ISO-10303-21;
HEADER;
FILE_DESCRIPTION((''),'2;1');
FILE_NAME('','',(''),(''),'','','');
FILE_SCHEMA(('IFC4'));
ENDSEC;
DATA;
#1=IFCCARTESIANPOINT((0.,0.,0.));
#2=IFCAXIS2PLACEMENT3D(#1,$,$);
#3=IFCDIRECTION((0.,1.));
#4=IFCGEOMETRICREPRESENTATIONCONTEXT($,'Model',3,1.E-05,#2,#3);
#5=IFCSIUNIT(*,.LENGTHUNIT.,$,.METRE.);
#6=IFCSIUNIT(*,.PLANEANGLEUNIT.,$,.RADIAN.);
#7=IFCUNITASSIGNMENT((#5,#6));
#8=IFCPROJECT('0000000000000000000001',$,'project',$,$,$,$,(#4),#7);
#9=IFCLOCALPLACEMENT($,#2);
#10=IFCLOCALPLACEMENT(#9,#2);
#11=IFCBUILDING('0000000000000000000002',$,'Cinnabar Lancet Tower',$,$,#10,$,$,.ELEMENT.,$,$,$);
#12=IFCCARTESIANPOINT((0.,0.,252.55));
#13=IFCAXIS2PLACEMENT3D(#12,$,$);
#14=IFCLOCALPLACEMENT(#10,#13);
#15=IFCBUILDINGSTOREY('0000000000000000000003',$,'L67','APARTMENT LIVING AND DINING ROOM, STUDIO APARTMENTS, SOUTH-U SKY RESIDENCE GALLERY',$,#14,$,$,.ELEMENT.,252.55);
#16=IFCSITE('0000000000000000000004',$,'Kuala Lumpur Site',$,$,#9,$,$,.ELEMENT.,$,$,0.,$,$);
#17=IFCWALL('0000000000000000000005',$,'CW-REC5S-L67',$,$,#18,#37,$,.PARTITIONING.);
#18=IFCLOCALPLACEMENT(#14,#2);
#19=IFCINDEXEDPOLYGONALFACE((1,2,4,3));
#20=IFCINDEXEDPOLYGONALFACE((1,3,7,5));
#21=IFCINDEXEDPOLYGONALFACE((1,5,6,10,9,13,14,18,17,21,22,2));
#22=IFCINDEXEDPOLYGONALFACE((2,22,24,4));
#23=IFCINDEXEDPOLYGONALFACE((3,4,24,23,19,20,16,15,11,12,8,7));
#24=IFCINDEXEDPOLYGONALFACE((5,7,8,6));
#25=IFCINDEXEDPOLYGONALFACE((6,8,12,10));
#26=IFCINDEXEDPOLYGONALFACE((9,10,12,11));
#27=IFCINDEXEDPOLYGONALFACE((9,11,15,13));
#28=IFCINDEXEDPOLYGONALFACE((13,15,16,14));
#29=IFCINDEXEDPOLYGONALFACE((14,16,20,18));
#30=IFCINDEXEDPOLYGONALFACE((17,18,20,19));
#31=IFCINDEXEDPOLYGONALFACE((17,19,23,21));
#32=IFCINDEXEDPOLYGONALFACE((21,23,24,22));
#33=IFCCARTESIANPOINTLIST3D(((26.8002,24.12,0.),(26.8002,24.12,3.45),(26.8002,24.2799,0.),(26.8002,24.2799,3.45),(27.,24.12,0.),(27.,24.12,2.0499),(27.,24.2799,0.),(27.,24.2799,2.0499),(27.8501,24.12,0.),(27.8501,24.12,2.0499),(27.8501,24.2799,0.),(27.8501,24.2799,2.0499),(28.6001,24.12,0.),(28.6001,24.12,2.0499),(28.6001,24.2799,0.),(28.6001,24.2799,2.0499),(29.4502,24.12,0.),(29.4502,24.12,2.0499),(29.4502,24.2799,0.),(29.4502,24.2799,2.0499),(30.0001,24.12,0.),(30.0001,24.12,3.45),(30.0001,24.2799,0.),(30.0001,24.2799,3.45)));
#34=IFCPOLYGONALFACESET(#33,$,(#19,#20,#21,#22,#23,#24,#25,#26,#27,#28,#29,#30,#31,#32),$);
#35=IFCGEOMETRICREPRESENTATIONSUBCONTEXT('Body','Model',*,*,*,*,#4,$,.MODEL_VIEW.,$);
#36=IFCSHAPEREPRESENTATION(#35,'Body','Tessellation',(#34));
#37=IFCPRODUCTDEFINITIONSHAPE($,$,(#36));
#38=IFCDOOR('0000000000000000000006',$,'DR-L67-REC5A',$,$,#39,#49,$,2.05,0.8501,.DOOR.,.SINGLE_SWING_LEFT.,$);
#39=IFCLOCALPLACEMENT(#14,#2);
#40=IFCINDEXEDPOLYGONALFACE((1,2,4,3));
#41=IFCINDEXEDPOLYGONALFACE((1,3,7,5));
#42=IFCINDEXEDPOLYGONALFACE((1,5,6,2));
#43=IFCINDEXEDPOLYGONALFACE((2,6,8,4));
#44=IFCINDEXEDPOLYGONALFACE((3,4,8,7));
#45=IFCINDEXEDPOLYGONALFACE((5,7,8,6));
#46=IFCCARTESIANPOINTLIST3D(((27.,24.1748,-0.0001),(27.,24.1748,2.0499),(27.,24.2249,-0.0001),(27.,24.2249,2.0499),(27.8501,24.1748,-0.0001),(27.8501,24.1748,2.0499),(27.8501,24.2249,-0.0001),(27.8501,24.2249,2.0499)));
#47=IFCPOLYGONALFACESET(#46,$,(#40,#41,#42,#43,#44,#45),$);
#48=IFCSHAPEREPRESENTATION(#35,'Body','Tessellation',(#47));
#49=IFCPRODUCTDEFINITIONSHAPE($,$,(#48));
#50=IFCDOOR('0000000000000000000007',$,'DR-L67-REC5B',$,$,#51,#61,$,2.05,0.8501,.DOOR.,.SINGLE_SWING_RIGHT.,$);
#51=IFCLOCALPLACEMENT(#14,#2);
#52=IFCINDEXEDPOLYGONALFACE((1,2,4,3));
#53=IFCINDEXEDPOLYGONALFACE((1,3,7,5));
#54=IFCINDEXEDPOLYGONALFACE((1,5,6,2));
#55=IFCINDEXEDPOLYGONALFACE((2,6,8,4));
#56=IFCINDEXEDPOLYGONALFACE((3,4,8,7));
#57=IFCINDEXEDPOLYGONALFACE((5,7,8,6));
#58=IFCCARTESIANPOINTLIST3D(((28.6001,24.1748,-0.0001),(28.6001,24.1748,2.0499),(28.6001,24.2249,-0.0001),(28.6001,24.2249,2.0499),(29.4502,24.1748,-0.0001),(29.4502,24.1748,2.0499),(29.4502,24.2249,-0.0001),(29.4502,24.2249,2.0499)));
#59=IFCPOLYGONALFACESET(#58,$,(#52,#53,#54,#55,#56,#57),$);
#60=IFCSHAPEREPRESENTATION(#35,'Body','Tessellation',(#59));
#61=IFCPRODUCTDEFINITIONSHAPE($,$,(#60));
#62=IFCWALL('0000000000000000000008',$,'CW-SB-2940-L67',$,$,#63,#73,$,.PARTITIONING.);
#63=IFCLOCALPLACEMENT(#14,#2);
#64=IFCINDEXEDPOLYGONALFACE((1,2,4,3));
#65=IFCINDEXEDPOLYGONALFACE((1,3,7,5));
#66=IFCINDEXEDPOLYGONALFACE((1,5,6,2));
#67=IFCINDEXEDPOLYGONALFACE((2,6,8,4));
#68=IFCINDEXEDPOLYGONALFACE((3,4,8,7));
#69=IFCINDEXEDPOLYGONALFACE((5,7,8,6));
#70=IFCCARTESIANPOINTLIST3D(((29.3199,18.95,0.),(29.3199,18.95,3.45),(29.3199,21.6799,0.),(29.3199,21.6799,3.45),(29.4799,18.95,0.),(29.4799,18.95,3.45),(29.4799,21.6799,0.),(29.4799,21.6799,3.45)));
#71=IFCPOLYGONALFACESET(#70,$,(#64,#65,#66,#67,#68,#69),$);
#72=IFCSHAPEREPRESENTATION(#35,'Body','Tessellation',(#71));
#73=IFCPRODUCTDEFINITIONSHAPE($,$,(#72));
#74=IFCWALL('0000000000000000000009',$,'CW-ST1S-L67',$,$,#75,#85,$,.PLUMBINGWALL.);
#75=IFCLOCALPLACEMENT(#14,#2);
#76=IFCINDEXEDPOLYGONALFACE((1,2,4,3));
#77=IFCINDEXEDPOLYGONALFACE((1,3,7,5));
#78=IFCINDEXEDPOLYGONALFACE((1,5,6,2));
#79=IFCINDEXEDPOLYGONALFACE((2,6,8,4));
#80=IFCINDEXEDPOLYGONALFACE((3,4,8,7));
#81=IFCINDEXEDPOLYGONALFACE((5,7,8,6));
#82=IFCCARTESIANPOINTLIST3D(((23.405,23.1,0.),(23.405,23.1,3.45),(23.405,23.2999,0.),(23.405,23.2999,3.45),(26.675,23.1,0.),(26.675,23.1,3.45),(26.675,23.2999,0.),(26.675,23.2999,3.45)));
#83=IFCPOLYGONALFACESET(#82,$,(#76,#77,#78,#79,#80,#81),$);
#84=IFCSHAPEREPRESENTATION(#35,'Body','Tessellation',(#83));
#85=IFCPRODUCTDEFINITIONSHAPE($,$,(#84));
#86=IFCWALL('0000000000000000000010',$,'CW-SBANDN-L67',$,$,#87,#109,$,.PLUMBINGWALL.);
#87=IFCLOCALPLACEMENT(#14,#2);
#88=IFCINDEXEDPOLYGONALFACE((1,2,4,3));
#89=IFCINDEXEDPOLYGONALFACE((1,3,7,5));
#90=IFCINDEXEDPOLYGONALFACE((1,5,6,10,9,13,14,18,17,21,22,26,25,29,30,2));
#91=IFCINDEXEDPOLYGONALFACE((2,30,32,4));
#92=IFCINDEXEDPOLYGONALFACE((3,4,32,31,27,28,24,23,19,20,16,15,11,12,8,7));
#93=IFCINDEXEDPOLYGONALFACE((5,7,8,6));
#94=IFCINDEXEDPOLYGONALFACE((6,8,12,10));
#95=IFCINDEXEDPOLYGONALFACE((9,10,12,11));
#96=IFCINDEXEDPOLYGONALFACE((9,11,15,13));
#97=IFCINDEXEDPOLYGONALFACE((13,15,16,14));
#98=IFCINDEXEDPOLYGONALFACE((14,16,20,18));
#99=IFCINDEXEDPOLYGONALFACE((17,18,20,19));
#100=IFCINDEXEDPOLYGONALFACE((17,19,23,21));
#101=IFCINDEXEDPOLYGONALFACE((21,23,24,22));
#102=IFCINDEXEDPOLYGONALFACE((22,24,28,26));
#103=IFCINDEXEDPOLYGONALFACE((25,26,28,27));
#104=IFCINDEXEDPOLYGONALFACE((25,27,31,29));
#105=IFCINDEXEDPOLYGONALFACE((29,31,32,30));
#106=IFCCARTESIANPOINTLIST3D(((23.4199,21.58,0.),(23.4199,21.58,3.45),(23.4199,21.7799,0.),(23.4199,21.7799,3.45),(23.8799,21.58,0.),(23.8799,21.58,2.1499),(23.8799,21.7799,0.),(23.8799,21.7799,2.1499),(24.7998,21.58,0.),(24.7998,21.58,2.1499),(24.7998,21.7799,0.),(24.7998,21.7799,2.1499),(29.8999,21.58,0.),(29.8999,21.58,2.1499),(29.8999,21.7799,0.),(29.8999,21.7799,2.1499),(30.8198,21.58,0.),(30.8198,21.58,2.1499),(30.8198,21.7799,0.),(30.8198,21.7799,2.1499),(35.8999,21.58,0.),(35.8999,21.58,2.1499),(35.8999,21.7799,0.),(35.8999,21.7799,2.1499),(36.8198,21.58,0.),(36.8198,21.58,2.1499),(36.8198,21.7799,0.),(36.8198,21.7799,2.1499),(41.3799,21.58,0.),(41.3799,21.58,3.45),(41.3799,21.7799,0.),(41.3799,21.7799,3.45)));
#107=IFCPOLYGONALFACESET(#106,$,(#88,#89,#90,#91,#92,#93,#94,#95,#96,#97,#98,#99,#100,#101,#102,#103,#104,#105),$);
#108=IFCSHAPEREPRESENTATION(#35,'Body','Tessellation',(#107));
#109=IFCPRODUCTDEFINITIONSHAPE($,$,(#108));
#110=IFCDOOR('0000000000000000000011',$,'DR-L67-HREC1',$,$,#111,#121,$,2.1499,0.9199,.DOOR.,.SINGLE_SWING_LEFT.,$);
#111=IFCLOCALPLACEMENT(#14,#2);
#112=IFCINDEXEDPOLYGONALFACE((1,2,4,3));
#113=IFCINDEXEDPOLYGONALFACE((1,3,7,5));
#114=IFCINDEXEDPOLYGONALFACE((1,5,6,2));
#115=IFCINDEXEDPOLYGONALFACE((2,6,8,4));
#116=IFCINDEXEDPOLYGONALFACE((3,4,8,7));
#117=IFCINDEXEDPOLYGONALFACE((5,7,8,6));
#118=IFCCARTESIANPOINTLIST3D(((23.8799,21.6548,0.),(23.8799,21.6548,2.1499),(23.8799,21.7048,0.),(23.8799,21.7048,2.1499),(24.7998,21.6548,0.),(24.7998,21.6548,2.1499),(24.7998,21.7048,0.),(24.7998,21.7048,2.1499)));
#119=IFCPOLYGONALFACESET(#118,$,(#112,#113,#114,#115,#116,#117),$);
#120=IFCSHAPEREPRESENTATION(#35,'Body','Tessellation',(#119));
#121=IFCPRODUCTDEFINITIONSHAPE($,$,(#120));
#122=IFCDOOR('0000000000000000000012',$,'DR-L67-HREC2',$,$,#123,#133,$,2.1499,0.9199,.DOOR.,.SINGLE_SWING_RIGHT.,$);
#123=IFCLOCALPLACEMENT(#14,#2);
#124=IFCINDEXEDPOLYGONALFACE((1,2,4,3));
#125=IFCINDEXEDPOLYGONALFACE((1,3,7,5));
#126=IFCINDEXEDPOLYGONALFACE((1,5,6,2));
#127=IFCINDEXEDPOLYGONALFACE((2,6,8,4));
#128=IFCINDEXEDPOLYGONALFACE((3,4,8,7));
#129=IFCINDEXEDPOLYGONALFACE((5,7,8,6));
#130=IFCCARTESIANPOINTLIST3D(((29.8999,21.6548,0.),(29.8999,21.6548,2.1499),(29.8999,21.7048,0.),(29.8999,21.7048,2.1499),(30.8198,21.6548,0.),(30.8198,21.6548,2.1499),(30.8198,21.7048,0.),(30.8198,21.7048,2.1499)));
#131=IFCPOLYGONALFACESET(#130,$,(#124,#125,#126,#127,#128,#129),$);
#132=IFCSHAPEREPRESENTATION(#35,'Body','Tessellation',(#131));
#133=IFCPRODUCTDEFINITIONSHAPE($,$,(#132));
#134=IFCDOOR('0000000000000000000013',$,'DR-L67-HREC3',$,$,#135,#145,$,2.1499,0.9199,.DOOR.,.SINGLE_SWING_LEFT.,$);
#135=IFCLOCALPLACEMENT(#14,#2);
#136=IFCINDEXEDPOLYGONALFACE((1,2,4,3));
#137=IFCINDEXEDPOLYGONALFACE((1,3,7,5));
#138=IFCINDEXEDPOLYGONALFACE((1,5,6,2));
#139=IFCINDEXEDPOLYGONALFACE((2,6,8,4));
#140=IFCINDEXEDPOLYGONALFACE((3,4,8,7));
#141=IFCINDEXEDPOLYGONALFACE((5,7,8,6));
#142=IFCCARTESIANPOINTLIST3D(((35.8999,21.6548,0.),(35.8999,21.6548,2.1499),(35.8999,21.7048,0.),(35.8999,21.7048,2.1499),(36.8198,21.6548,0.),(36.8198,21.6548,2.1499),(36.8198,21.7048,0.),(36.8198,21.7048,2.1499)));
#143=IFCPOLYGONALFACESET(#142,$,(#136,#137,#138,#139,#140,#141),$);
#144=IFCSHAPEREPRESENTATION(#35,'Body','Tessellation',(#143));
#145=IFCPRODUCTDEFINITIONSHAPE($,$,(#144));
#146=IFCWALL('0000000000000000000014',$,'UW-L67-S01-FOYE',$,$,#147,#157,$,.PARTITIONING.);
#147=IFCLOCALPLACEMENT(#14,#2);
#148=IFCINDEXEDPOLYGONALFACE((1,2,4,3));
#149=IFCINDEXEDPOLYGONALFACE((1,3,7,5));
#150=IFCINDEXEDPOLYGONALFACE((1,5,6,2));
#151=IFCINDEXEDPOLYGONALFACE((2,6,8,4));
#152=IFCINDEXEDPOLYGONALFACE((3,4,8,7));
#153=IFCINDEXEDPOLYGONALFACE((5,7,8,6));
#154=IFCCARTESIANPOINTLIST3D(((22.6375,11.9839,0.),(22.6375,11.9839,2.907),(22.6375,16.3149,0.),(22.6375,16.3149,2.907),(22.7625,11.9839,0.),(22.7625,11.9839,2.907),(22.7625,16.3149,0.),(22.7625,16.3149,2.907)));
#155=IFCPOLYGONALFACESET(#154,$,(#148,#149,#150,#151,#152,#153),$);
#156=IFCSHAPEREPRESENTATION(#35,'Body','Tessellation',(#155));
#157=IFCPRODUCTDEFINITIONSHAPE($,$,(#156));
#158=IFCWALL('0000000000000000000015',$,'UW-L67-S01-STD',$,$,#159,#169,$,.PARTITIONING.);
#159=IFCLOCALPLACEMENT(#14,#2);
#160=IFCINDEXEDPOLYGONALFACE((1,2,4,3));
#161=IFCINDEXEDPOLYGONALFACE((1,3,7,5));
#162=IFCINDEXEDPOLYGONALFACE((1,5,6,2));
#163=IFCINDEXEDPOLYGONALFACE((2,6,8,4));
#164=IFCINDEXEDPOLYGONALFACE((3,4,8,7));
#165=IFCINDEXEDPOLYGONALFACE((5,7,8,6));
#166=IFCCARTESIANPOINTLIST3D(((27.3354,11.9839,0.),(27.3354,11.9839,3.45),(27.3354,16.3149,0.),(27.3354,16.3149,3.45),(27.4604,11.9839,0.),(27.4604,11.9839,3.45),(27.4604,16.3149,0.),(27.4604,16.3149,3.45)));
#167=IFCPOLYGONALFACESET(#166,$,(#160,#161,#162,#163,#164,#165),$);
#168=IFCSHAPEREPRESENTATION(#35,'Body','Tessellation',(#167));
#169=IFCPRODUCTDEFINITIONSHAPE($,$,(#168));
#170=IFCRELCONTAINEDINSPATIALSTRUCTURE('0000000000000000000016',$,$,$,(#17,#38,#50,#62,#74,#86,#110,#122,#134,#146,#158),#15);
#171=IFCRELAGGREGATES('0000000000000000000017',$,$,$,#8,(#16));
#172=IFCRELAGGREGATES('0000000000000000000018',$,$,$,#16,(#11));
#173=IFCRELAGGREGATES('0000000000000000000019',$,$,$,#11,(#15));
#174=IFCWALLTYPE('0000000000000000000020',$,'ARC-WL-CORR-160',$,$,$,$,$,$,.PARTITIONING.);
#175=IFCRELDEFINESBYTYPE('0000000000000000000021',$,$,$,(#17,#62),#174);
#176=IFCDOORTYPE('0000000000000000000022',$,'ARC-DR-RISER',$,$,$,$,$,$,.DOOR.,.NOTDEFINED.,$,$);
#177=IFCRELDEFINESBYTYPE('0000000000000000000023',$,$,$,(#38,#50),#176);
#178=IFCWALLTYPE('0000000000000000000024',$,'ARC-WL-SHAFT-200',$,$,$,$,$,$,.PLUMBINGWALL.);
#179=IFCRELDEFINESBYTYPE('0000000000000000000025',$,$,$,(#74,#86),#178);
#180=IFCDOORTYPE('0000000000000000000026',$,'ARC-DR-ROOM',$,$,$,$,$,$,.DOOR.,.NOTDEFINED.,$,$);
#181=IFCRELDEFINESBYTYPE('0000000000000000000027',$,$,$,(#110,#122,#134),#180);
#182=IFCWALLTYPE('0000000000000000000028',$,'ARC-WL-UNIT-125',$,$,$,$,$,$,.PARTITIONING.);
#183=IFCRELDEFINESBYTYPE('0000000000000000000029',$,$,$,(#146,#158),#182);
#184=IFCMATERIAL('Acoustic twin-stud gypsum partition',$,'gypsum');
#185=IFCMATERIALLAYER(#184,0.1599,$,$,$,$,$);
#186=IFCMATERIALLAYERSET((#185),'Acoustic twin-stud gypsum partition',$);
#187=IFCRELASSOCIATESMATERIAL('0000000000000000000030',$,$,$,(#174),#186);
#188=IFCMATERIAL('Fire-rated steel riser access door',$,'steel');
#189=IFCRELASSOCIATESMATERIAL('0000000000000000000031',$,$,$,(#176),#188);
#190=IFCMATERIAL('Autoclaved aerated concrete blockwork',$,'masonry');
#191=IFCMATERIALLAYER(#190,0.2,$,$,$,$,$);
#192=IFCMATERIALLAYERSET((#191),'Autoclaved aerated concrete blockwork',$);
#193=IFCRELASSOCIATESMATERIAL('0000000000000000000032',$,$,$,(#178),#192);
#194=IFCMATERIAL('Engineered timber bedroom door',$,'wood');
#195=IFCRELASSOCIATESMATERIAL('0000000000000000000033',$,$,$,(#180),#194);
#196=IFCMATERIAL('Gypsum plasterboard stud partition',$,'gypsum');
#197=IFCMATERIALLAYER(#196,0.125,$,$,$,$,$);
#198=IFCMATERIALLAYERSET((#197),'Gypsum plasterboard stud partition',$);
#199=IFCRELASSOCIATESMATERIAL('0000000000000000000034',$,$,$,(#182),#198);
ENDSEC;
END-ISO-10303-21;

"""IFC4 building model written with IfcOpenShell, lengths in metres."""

from ifc_helpers import new_model, si_unit, direction, frame, frame_2d, origin, place, context, subcontext, project, spatial, rectangle, extrude, material, layer, layer_set, type_object, element, fill, save


model = new_model("IFC4")

# Units and contexts
model_context = context("Model", 3, precision=1e-05, world=origin(), true_north=direction((0.0, 1.0)))
body_context = subcontext(model_context, "Body", "Model", "MODEL_VIEW")
ifc_project = project(units=[si_unit("LENGTHUNIT", "METRE"), si_unit("PLANEANGLEUNIT", "RADIAN")], contexts=[model_context])

# Site, building, storey
site_placement = place(None, origin())
site = spatial("IfcSite", under=ifc_project, at=site_placement, Name="Kuala Lumpur Site", CompositionType="ELEMENT", RefElevation=0.0)
building_placement = place(site_placement, origin())
building = spatial("IfcBuilding", under=site, at=building_placement, Name="Cinnabar Lancet Tower", CompositionType="ELEMENT")
storey_placement = place(building_placement, frame((0.0, 0.0, 252.55)))
storey = spatial("IfcBuildingStorey", under=building, at=storey_placement, Name="L67", Description="APARTMENT LIVING AND DINING ROOM, STUDIO APARTMENTS, SOUTH-U SKY RESIDENCE GALLERY", CompositionType="ELEMENT", Elevation=252.55)

# Wall, openings, doors
ifc_material_1 = material(Name="Acoustic twin-stud gypsum partition", Category="gypsum")
ifc_layer_1 = layer(ifc_material_1, 0.1599)
ifc_layer_set_1 = layer_set([ifc_layer_1], Name="Acoustic twin-stud gypsum partition")
wall_type_1 = type_object("IfcWallType", Name="ARC-WL-CORR-160", PredefinedType="PARTITIONING", material=ifc_layer_set_1)
wall_1_placement = place(storey_placement, frame((26.8, 24.2, 0.0), z_axis=(0.0, 0.0, 1.0), x_axis=(1.0, 0.0, 0.0)))
wall_1 = element("IfcWall", 1, at=wall_1_placement, inside=storey, type_object=wall_type_1, Name="CW-REC5S-L67", PredefinedType="PARTITIONING", context=body_context, shape_type="SweptSolid", body=[
    extrude(rectangle(XDim=3.2, YDim=0.1599, at=frame_2d((1.6001, 0.0))), origin(), (0.0, 0.0, 1.0), 3.45),
])
opening_1_placement = place(wall_1_placement, frame((0.2, 0.0, 0.0)))
opening_1 = element("IfcOpeningElement", 2, at=opening_1_placement, cuts=wall_1, PredefinedType="OPENING", context=body_context, shape_type="SweptSolid", body=[
    extrude(rectangle(XDim=0.8501, YDim=2.05, at=frame_2d((0.425, 1.0249))), frame((0.0, 0.0898, 0.0), z_axis=(0.0, -1.0, 0.0), x_axis=(1.0, 0.0, 0.0)), (0.0, 0.0, 1.0), 0.1799),
])
opening_2_placement = place(wall_1_placement, frame((1.8, 0.0, 0.0)))
opening_2 = element("IfcOpeningElement", 3, at=opening_2_placement, cuts=wall_1, PredefinedType="OPENING", context=body_context, shape_type="SweptSolid", body=[
    extrude(rectangle(XDim=0.8501, YDim=2.05, at=frame_2d((0.425, 1.0249))), frame((0.0, 0.0898, 0.0), z_axis=(0.0, -1.0, 0.0), x_axis=(1.0, 0.0, 0.0)), (0.0, 0.0, 1.0), 0.1799),
])
ifc_material_2 = material(Name="Fire-rated steel riser access door", Category="steel")
door_type_1 = type_object("IfcDoorType", Name="ARC-DR-RISER", OperationType="NOTDEFINED", PredefinedType="DOOR", material=ifc_material_2)
door_1_placement = place(opening_1_placement, origin())
door_1 = element("IfcDoor", 4, at=door_1_placement, inside=storey, type_object=door_type_1, Name="DR-L67-REC5A", OperationType="SINGLE_SWING_LEFT", OverallHeight=2.05, OverallWidth=0.8501, PredefinedType="DOOR", context=body_context, shape_type="SweptSolid", body=[
    extrude(rectangle(XDim=0.8501, YDim=2.05, at=frame_2d((0.425, 1.0249))), frame((0.0, 0.0249, 0.0), z_axis=(0.0, -1.0, 0.0), x_axis=(1.0, 0.0, 0.0)), (0.0, 0.0, 1.0), 0.05),
])
fill(opening_1, door_1)
door_2_placement = place(opening_2_placement, origin())
door_2 = element("IfcDoor", 5, at=door_2_placement, inside=storey, type_object=door_type_1, Name="DR-L67-REC5B", OperationType="SINGLE_SWING_RIGHT", OverallHeight=2.05, OverallWidth=0.8501, PredefinedType="DOOR", context=body_context, shape_type="SweptSolid", body=[
    extrude(rectangle(XDim=0.8501, YDim=2.05, at=frame_2d((0.425, 1.0249))), frame((0.0, 0.0249, 0.0), z_axis=(0.0, -1.0, 0.0), x_axis=(1.0, 0.0, 0.0)), (0.0, 0.0, 1.0), 0.05),
])
fill(opening_2, door_2)

# Walls
wall_2_placement = place(storey_placement, frame((29.3999, 18.95, 0.0), z_axis=(0.0, 0.0, 1.0), x_axis=(0.0, 1.0, 0.0)))
element("IfcWall", 6, at=wall_2_placement, inside=storey, type_object=wall_type_1, Name="CW-SB-2940-L67", PredefinedType="PARTITIONING", context=body_context, shape_type="SweptSolid", body=[
    extrude(rectangle(XDim=2.73, YDim=0.1599, at=frame_2d((1.365, 0.0))), origin(), (0.0, 0.0, 1.0), 3.45),
])
ifc_material_3 = material(Name="Autoclaved aerated concrete blockwork", Category="masonry")
ifc_layer_2 = layer(ifc_material_3, 0.2)
ifc_layer_set_2 = layer_set([ifc_layer_2], Name="Autoclaved aerated concrete blockwork")
wall_type_2 = type_object("IfcWallType", Name="ARC-WL-SHAFT-200", PredefinedType="PLUMBINGWALL", material=ifc_layer_set_2)
wall_3_placement = place(storey_placement, frame((23.405, 23.2, 0.0), z_axis=(0.0, 0.0, 1.0), x_axis=(1.0, 0.0, 0.0)))
element("IfcWall", 7, at=wall_3_placement, inside=storey, type_object=wall_type_2, Name="CW-ST1S-L67", PredefinedType="PLUMBINGWALL", context=body_context, shape_type="SweptSolid", body=[
    extrude(rectangle(XDim=3.27, YDim=0.2, at=frame_2d((1.635, 0.0))), origin(), (0.0, 0.0, 1.0), 3.45),
])

# Wall, openings, doors
wall_4_placement = place(storey_placement, frame((23.4199, 21.6799, 0.0), z_axis=(0.0, 0.0, 1.0), x_axis=(1.0, 0.0, 0.0)))
wall_4 = element("IfcWall", 8, at=wall_4_placement, inside=storey, type_object=wall_type_2, Name="CW-SBANDN-L67", PredefinedType="PLUMBINGWALL", context=body_context, shape_type="SweptSolid", body=[
    extrude(rectangle(XDim=17.96, YDim=0.2, at=frame_2d((8.98, 0.0))), origin(), (0.0, 0.0, 1.0), 3.45),
])
opening_3_placement = place(wall_4_placement, frame((0.46, 0.0, 0.0)))
opening_3 = element("IfcOpeningElement", 9, at=opening_3_placement, cuts=wall_4, PredefinedType="OPENING", context=body_context, shape_type="SweptSolid", body=[
    extrude(rectangle(XDim=0.9199, YDim=2.1499, at=frame_2d((0.46, 1.075))), frame((0.0, 0.1099, 0.0), z_axis=(0.0, -1.0, 0.0), x_axis=(1.0, 0.0, 0.0)), (0.0, 0.0, 1.0), 0.22),
])
opening_4_placement = place(wall_4_placement, frame((6.48, 0.0, 0.0)))
opening_4 = element("IfcOpeningElement", 10, at=opening_4_placement, cuts=wall_4, PredefinedType="OPENING", context=body_context, shape_type="SweptSolid", body=[
    extrude(rectangle(XDim=0.9199, YDim=2.1499, at=frame_2d((0.46, 1.075))), frame((0.0, 0.1099, 0.0), z_axis=(0.0, -1.0, 0.0), x_axis=(1.0, 0.0, 0.0)), (0.0, 0.0, 1.0), 0.22),
])
opening_5_placement = place(wall_4_placement, frame((12.48, 0.0, 0.0)))
opening_5 = element("IfcOpeningElement", 11, at=opening_5_placement, cuts=wall_4, PredefinedType="OPENING", context=body_context, shape_type="SweptSolid", body=[
    extrude(rectangle(XDim=0.9199, YDim=2.1499, at=frame_2d((0.46, 1.075))), frame((0.0, 0.1099, 0.0), z_axis=(0.0, -1.0, 0.0), x_axis=(1.0, 0.0, 0.0)), (0.0, 0.0, 1.0), 0.22),
])
ifc_material_4 = material(Name="Engineered timber bedroom door", Category="wood")
door_type_2 = type_object("IfcDoorType", Name="ARC-DR-ROOM", OperationType="NOTDEFINED", PredefinedType="DOOR", material=ifc_material_4)
door_3_placement = place(opening_3_placement, origin())
door_3 = element("IfcDoor", 12, at=door_3_placement, inside=storey, type_object=door_type_2, Name="DR-L67-HREC1", OperationType="SINGLE_SWING_LEFT", OverallHeight=2.1499, OverallWidth=0.9199, PredefinedType="DOOR", context=body_context, shape_type="SweptSolid", body=[
    extrude(rectangle(XDim=0.9199, YDim=2.1499, at=frame_2d((0.46, 1.075))), frame((0.0, 0.0249, 0.0), z_axis=(0.0, -1.0, 0.0), x_axis=(1.0, 0.0, 0.0)), (0.0, 0.0, 1.0), 0.05),
])
fill(opening_3, door_3)
door_4_placement = place(opening_4_placement, origin())
door_4 = element("IfcDoor", 13, at=door_4_placement, inside=storey, type_object=door_type_2, Name="DR-L67-HREC2", OperationType="SINGLE_SWING_RIGHT", OverallHeight=2.1499, OverallWidth=0.9199, PredefinedType="DOOR", context=body_context, shape_type="SweptSolid", body=[
    extrude(rectangle(XDim=0.9199, YDim=2.1499, at=frame_2d((0.46, 1.075))), frame((0.0, 0.0249, 0.0), z_axis=(0.0, -1.0, 0.0), x_axis=(1.0, 0.0, 0.0)), (0.0, 0.0, 1.0), 0.05),
])
fill(opening_4, door_4)
door_5_placement = place(opening_5_placement, origin())
door_5 = element("IfcDoor", 14, at=door_5_placement, inside=storey, type_object=door_type_2, Name="DR-L67-HREC3", OperationType="SINGLE_SWING_LEFT", OverallHeight=2.1499, OverallWidth=0.9199, PredefinedType="DOOR", context=body_context, shape_type="SweptSolid", body=[
    extrude(rectangle(XDim=0.9199, YDim=2.1499, at=frame_2d((0.46, 1.075))), frame((0.0, 0.0249, 0.0), z_axis=(0.0, -1.0, 0.0), x_axis=(1.0, 0.0, 0.0)), (0.0, 0.0, 1.0), 0.05),
])
fill(opening_5, door_5)

# Walls
ifc_material_5 = material(Name="Gypsum plasterboard stud partition", Category="gypsum")
ifc_layer_3 = layer(ifc_material_5, 0.125)
ifc_layer_set_3 = layer_set([ifc_layer_3], Name="Gypsum plasterboard stud partition")
wall_type_3 = type_object("IfcWallType", Name="ARC-WL-UNIT-125", PredefinedType="PARTITIONING", material=ifc_layer_set_3)
wall_5_placement = place(storey_placement, frame((22.7, 11.9839, 0.0), z_axis=(0.0, 0.0, 1.0), x_axis=(0.0, 1.0, 0.0)))
element("IfcWall", 15, at=wall_5_placement, inside=storey, type_object=wall_type_3, Name="UW-L67-S01-FOYE", PredefinedType="PARTITIONING", context=body_context, shape_type="SweptSolid", body=[
    extrude(rectangle(XDim=4.3311, YDim=0.125, at=frame_2d((2.1655, 0.0))), origin(), (0.0, 0.0, 1.0), 2.907),
])
wall_6_placement = place(storey_placement, frame((27.3979, 11.9839, 0.0), z_axis=(0.0, 0.0, 1.0), x_axis=(0.0, 1.0, 0.0)))
element("IfcWall", 16, at=wall_6_placement, inside=storey, type_object=wall_type_3, Name="UW-L67-S01-STD", PredefinedType="PARTITIONING", context=body_context, shape_type="SweptSolid", body=[
    extrude(rectangle(XDim=4.3311, YDim=0.125, at=frame_2d((2.1655, 0.0))), origin(), (0.0, 0.0, 1.0), 3.45),
])

save(model, "model.ifc")
